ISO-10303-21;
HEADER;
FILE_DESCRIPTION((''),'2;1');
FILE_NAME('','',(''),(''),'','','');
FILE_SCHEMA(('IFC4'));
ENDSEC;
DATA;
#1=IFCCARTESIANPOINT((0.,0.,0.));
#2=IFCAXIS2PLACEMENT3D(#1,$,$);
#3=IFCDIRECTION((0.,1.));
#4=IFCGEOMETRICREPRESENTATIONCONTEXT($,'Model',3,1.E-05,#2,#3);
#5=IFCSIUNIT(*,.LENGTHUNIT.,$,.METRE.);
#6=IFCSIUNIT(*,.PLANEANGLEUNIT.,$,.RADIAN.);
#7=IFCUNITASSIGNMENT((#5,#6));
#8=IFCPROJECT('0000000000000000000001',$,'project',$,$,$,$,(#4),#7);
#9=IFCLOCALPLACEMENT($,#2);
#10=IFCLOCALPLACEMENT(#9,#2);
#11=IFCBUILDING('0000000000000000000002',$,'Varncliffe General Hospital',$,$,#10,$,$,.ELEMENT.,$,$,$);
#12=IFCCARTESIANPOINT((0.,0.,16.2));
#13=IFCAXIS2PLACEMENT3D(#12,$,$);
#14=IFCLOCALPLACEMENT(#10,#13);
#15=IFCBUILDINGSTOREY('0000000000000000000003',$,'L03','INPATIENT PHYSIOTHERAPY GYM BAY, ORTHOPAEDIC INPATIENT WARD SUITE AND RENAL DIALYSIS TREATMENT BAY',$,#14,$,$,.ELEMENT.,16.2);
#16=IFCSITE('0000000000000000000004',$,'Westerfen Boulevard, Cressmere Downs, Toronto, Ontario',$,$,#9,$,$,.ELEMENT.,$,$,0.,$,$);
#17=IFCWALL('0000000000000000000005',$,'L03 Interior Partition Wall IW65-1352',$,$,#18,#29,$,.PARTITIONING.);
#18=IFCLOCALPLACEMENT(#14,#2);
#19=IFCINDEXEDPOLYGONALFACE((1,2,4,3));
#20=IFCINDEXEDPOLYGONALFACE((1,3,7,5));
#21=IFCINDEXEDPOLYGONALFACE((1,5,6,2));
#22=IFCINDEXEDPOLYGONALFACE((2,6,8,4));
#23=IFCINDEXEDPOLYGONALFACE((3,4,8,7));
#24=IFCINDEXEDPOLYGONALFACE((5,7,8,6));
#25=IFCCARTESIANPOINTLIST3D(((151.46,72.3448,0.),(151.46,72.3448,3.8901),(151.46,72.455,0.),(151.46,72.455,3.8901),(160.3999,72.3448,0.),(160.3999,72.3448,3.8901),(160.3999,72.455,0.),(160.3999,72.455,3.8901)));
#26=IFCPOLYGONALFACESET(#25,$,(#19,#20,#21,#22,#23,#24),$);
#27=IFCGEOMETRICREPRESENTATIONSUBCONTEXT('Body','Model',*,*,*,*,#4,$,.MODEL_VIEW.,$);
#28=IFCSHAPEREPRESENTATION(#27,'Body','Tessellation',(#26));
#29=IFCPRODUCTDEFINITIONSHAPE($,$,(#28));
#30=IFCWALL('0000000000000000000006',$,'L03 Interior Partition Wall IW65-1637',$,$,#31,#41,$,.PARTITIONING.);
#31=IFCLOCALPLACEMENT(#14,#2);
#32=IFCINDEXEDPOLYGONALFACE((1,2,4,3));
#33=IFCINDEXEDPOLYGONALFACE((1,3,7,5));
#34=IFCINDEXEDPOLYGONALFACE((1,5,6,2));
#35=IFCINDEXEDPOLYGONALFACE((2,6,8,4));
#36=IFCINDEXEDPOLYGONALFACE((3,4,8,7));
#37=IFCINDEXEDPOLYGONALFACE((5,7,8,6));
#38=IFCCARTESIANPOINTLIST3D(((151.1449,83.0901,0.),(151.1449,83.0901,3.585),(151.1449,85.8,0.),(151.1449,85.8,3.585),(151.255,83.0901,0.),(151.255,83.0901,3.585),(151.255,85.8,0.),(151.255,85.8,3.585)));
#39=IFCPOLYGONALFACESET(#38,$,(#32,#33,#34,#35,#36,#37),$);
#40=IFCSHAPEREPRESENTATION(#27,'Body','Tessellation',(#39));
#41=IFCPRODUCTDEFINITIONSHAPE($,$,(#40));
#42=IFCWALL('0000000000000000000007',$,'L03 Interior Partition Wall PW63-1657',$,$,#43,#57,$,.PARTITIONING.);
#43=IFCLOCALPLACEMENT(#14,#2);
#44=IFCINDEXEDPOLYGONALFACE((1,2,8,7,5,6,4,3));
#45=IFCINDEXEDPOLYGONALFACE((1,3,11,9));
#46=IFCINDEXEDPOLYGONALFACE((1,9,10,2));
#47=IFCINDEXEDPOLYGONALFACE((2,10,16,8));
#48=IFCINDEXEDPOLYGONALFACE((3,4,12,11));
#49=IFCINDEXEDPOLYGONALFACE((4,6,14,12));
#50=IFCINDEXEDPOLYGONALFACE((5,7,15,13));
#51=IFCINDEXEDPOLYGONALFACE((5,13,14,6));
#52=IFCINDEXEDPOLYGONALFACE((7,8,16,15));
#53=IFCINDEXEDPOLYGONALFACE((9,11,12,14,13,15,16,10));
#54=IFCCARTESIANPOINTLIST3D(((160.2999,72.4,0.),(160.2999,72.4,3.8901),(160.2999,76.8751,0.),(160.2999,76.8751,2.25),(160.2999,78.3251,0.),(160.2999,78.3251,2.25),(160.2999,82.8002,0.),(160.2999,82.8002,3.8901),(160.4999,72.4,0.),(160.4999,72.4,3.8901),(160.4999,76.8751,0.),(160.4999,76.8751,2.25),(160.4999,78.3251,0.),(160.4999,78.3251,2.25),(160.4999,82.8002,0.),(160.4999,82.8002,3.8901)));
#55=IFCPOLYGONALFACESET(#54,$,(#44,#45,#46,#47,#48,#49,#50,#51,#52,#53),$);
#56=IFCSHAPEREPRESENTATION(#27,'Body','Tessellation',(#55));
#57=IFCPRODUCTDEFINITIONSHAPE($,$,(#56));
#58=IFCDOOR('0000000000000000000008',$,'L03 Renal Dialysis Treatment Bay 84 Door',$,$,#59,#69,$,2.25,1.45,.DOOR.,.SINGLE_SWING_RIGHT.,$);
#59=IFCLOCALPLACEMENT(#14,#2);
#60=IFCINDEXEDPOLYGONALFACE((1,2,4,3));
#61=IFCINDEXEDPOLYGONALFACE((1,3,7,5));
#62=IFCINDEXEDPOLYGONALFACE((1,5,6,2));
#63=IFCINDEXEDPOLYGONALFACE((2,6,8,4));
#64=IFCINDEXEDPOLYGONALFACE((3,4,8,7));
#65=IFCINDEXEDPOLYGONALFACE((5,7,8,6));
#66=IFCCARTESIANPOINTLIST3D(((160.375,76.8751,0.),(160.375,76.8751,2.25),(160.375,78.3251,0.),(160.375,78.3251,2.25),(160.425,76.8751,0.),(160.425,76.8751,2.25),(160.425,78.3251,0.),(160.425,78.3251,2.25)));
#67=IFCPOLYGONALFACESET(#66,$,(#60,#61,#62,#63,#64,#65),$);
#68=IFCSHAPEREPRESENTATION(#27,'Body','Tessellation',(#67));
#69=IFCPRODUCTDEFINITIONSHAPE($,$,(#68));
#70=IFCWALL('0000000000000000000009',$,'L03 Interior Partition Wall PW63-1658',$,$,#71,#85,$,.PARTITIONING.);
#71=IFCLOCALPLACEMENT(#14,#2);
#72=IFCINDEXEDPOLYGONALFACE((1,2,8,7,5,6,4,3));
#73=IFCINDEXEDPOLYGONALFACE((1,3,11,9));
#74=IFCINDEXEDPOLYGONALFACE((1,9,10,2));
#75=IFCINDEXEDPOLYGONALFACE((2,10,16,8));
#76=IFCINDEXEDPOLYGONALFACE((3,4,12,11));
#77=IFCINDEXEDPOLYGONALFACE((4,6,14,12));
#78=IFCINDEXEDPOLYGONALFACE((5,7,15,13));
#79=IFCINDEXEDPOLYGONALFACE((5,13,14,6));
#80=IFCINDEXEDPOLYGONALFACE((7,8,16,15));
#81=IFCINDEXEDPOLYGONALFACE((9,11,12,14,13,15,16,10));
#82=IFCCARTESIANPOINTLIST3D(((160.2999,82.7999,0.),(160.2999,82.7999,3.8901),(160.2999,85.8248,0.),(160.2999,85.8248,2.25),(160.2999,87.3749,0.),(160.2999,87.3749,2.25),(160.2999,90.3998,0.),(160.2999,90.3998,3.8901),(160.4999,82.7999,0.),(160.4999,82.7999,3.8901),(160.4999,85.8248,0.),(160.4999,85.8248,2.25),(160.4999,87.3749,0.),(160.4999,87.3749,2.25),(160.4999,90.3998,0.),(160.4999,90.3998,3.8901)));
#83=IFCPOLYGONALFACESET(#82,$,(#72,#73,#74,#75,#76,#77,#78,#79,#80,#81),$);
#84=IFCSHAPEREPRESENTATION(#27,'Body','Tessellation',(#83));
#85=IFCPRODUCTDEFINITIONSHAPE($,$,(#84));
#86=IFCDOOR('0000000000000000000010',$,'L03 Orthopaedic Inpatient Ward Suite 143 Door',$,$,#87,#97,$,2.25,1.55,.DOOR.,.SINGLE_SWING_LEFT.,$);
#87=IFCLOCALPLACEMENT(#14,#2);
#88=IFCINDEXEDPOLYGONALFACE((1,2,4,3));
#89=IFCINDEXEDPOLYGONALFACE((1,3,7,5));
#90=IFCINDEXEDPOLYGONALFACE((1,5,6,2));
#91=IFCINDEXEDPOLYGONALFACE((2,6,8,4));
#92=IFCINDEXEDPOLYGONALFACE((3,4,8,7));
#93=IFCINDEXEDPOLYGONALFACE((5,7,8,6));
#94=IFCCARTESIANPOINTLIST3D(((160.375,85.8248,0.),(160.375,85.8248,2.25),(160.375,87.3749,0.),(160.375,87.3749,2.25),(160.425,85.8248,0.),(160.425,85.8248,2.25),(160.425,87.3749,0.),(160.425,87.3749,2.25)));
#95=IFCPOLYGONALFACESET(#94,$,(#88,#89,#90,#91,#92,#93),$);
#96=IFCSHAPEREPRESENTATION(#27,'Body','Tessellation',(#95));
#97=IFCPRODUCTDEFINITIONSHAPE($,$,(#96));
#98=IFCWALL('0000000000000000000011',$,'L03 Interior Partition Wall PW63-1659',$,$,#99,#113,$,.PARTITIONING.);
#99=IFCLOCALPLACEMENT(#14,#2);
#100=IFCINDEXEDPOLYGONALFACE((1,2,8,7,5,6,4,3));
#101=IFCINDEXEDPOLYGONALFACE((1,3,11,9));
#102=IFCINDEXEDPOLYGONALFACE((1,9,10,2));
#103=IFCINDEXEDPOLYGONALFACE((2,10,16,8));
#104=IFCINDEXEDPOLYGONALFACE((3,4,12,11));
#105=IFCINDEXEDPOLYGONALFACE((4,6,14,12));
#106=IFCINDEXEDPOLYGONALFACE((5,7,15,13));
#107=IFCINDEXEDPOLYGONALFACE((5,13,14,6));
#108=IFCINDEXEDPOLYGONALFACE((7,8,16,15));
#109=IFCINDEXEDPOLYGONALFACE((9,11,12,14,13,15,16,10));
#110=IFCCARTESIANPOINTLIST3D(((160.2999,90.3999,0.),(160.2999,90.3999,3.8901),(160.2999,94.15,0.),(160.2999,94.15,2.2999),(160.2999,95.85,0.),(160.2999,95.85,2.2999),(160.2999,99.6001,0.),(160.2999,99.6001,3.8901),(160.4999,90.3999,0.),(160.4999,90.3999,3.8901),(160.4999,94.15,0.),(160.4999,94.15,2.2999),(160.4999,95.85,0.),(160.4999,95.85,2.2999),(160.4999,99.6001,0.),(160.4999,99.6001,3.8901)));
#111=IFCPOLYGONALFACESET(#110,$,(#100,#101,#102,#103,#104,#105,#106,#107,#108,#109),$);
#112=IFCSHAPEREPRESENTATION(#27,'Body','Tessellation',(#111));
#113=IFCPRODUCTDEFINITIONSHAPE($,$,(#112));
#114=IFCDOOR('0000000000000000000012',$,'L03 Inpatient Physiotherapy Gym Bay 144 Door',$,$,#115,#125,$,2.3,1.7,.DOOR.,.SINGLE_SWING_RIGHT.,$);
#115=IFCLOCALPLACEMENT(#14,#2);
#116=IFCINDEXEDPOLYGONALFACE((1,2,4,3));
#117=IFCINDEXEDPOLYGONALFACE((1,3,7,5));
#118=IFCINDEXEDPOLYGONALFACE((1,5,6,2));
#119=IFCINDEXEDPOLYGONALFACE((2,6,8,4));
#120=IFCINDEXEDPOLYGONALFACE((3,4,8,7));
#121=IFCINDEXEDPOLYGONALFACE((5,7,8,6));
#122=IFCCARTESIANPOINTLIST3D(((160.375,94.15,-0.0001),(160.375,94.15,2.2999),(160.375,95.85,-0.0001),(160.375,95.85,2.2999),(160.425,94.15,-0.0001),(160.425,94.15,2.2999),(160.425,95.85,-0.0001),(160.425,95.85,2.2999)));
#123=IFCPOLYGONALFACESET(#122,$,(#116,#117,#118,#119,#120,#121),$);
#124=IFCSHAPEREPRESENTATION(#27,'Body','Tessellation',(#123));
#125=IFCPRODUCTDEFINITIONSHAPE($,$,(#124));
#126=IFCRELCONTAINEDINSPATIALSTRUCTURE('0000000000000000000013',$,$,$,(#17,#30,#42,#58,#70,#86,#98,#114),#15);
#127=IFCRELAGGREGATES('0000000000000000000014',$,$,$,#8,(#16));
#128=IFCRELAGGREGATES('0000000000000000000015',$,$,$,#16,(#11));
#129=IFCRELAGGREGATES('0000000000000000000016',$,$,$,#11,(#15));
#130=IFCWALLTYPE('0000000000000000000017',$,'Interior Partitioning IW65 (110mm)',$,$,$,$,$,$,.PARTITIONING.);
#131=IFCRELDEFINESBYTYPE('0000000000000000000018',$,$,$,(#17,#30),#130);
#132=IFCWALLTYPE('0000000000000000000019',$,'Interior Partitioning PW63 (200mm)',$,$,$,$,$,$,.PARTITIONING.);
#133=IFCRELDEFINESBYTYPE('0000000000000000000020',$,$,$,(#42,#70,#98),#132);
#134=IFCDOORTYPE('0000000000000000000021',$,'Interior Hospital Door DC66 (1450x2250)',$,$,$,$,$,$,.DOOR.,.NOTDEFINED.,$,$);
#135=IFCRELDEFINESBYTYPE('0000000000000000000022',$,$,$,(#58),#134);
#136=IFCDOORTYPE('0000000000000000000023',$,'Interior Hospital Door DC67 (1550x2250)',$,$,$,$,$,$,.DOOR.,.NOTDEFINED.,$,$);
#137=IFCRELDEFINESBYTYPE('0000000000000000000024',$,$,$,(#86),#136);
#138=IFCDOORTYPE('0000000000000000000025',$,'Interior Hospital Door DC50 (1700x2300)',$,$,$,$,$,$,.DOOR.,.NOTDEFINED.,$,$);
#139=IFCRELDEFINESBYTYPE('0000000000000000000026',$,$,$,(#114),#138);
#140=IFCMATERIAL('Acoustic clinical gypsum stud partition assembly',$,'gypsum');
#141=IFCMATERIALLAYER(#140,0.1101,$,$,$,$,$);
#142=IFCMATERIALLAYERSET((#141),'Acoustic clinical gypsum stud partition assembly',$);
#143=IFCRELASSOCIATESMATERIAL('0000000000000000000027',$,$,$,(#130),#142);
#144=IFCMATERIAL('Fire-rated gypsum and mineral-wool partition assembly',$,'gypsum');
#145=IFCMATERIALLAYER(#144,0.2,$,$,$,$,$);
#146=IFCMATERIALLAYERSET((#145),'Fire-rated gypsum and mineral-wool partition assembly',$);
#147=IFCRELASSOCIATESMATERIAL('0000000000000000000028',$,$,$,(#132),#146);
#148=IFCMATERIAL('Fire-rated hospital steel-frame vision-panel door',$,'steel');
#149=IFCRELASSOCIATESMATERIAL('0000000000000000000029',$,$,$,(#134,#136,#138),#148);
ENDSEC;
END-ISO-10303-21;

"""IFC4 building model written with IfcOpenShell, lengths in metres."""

from ifc_helpers import new_model, si_unit, direction, frame, frame_2d, origin, place, context, subcontext, project, spatial, rectangle, extrude, material, layer, layer_set, type_object, element, fill, save


model = new_model("IFC4")

# Units and contexts
model_context = context("Model", 3, precision=1e-05, world=origin(), true_north=direction((0.0, 1.0)))
body_context = subcontext(model_context, "Body", "Model", "MODEL_VIEW")
ifc_project = project(units=[si_unit("LENGTHUNIT", "METRE"), si_unit("PLANEANGLEUNIT", "RADIAN")], contexts=[model_context])

# Site, building, storey
site_placement = place(None, origin())
site = spatial("IfcSite", under=ifc_project, at=site_placement, Name="Westerfen Boulevard, Cressmere Downs, Toronto, Ontario", CompositionType="ELEMENT", RefElevation=0.0)
building_placement = place(site_placement, origin())
building = spatial("IfcBuilding", under=site, at=building_placement, Name="Varncliffe General Hospital", CompositionType="ELEMENT")
storey_placement = place(building_placement, frame((0.0, 0.0, 16.2)))
storey = spatial("IfcBuildingStorey", under=building, at=storey_placement, Name="L03", Description="INPATIENT PHYSIOTHERAPY GYM BAY, ORTHOPAEDIC INPATIENT WARD SUITE AND RENAL DIALYSIS TREATMENT BAY", CompositionType="ELEMENT", Elevation=16.2)

# Walls
ifc_material_1 = material(Name="Acoustic clinical gypsum stud partition assembly", Category="gypsum")
ifc_layer_1 = layer(ifc_material_1, 0.1101)
ifc_layer_set_1 = layer_set([ifc_layer_1], Name="Acoustic clinical gypsum stud partition assembly")
wall_type_1 = type_object("IfcWallType", Name="Interior Partitioning IW65 (110mm)", PredefinedType="PARTITIONING", material=ifc_layer_set_1)
wall_1_placement = place(storey_placement, frame((151.46, 72.3999, 0.0), z_axis=(0.0, 0.0, 1.0), x_axis=(1.0, 0.0, 0.0)))
element("IfcWall", 1, at=wall_1_placement, inside=storey, type_object=wall_type_1, Name="L03 Interior Partition Wall IW65-1352", PredefinedType="PARTITIONING", context=body_context, shape_type="SweptSolid", body=[
    extrude(rectangle(XDim=8.9399, YDim=0.1101, at=frame_2d((4.47, 0.0))), origin(), (0.0, 0.0, 1.0), 3.8901),
])
wall_2_placement = place(storey_placement, frame((151.2, 83.0901, 0.0), z_axis=(0.0, 0.0, 1.0), x_axis=(0.0, 1.0, 0.0)))
element("IfcWall", 2, at=wall_2_placement, inside=storey, type_object=wall_type_1, Name="L03 Interior Partition Wall IW65-1637", PredefinedType="PARTITIONING", context=body_context, shape_type="SweptSolid", body=[
    extrude(rectangle(XDim=2.71, YDim=0.1101, at=frame_2d((1.355, 0.0))), origin(), (0.0, 0.0, 1.0), 3.585),
])

# Walls, openings, doors
ifc_material_2 = material(Name="Fire-rated gypsum and mineral-wool partition assembly", Category="gypsum")
ifc_layer_2 = layer(ifc_material_2, 0.2)
ifc_layer_set_2 = layer_set([ifc_layer_2], Name="Fire-rated gypsum and mineral-wool partition assembly")
wall_type_2 = type_object("IfcWallType", Name="Interior Partitioning PW63 (200mm)", PredefinedType="PARTITIONING", material=ifc_layer_set_2)
wall_3_placement = place(storey_placement, frame((160.3999, 72.3999, 0.0), z_axis=(0.0, 0.0, 1.0), x_axis=(0.0, 1.0, 0.0)))
wall_3 = element("IfcWall", 3, at=wall_3_placement, inside=storey, type_object=wall_type_2, Name="L03 Interior Partition Wall PW63-1657", PredefinedType="PARTITIONING", context=body_context, shape_type="SweptSolid", body=[
    extrude(rectangle(XDim=10.4001, YDim=0.2, at=frame_2d((5.2002, 0.0))), origin(), (0.0, 0.0, 1.0), 3.8901),
])
opening_1_placement = place(wall_3_placement, frame((4.4751, 0.0, 0.0)))
opening_1 = element("IfcOpeningElement", 4, at=opening_1_placement, cuts=wall_3, PredefinedType="OPENING", context=body_context, shape_type="SweptSolid", body=[
    extrude(rectangle(XDim=1.45, YDim=2.25, at=frame_2d((0.7251, 1.125))), frame((0.0, 0.1099, 0.0), z_axis=(0.0, -1.0, 0.0), x_axis=(1.0, 0.0, 0.0)), (0.0, 0.0, 1.0), 0.22),
])
ifc_material_3 = material(Name="Fire-rated hospital steel-frame vision-panel door", Category="steel")
door_type_1 = type_object("IfcDoorType", Name="Interior Hospital Door DC66 (1450x2250)", OperationType="NOTDEFINED", PredefinedType="DOOR", material=ifc_material_3)
door_1_placement = place(opening_1_placement, origin())
door_1 = element("IfcDoor", 5, at=door_1_placement, inside=storey, type_object=door_type_1, Name="L03 Renal Dialysis Treatment Bay 84 Door", OperationType="SINGLE_SWING_RIGHT", OverallHeight=2.25, OverallWidth=1.45, PredefinedType="DOOR", context=body_context, shape_type="SweptSolid", body=[
    extrude(rectangle(XDim=1.45, YDim=2.25, at=frame_2d((0.7251, 1.125))), frame((0.0, 0.0249, 0.0), z_axis=(0.0, -1.0, 0.0), x_axis=(1.0, 0.0, 0.0)), (0.0, 0.0, 1.0), 0.05),
])
fill(opening_1, door_1)
wall_4_placement = place(storey_placement, frame((160.3999, 82.8, 0.0), z_axis=(0.0, 0.0, 1.0), x_axis=(0.0, 1.0, 0.0)))
wall_4 = element("IfcWall", 6, at=wall_4_placement, inside=storey, type_object=wall_type_2, Name="L03 Interior Partition Wall PW63-1658", PredefinedType="PARTITIONING", context=body_context, shape_type="SweptSolid", body=[
    extrude(rectangle(XDim=7.5999, YDim=0.2, at=frame_2d((3.7998, 0.0))), origin(), (0.0, 0.0, 1.0), 3.8901),
])
opening_2_placement = place(wall_4_placement, frame((3.0249, 0.0, 0.0)))
opening_2 = element("IfcOpeningElement", 7, at=opening_2_placement, cuts=wall_4, PredefinedType="OPENING", context=body_context, shape_type="SweptSolid", body=[
    extrude(rectangle(XDim=1.55, YDim=2.25, at=frame_2d((0.7749, 1.125))), frame((0.0, 0.1099, 0.0), z_axis=(0.0, -1.0, 0.0), x_axis=(1.0, 0.0, 0.0)), (0.0, 0.0, 1.0), 0.22),
])
door_type_2 = type_object("IfcDoorType", Name="Interior Hospital Door DC67 (1550x2250)", OperationType="NOTDEFINED", PredefinedType="DOOR", material=ifc_material_3)
door_2_placement = place(opening_2_placement, origin())
door_2 = element("IfcDoor", 8, at=door_2_placement, inside=storey, type_object=door_type_2, Name="L03 Orthopaedic Inpatient Ward Suite 143 Door", OperationType="SINGLE_SWING_LEFT", OverallHeight=2.25, OverallWidth=1.55, PredefinedType="DOOR", context=body_context, shape_type="SweptSolid", body=[
    extrude(rectangle(XDim=1.55, YDim=2.25, at=frame_2d((0.7749, 1.125))), frame((0.0, 0.0249, 0.0), z_axis=(0.0, -1.0, 0.0), x_axis=(1.0, 0.0, 0.0)), (0.0, 0.0, 1.0), 0.05),
])
fill(opening_2, door_2)
wall_5_placement = place(storey_placement, frame((160.3999, 90.3999, 0.0), z_axis=(0.0, 0.0, 1.0), x_axis=(0.0, 1.0, 0.0)))
wall_5 = element("IfcWall", 9, at=wall_5_placement, inside=storey, type_object=wall_type_2, Name="L03 Interior Partition Wall PW63-1659", PredefinedType="PARTITIONING", context=body_context, shape_type="SweptSolid", body=[
    extrude(rectangle(XDim=9.2002, YDim=0.2, at=frame_2d((4.6001, 0.0))), origin(), (0.0, 0.0, 1.0), 3.8901),
])
opening_3_placement = place(wall_5_placement, frame((3.75, 0.0, 0.0)))
opening_3 = element("IfcOpeningElement", 10, at=opening_3_placement, cuts=wall_5, PredefinedType="OPENING", context=body_context, shape_type="SweptSolid", body=[
    extrude(rectangle(XDim=1.7, YDim=2.3, at=frame_2d((0.8501, 1.1499))), frame((0.0, 0.1099, 0.0), z_axis=(0.0, -1.0, 0.0), x_axis=(1.0, 0.0, 0.0)), (0.0, 0.0, 1.0), 0.22),
])
door_type_3 = type_object("IfcDoorType", Name="Interior Hospital Door DC50 (1700x2300)", OperationType="NOTDEFINED", PredefinedType="DOOR", material=ifc_material_3)
door_3_placement = place(opening_3_placement, origin())
door_3 = element("IfcDoor", 11, at=door_3_placement, inside=storey, type_object=door_type_3, Name="L03 Inpatient Physiotherapy Gym Bay 144 Door", OperationType="SINGLE_SWING_RIGHT", OverallHeight=2.3, OverallWidth=1.7, PredefinedType="DOOR", context=body_context, shape_type="SweptSolid", body=[
    extrude(rectangle(XDim=1.7, YDim=2.3, at=frame_2d((0.8501, 1.1499))), frame((0.0, 0.0249, 0.0), z_axis=(0.0, -1.0, 0.0), x_axis=(1.0, 0.0, 0.0)), (0.0, 0.0, 1.0), 0.05),
])
fill(opening_3, door_3)

save(model, "model.ifc")
